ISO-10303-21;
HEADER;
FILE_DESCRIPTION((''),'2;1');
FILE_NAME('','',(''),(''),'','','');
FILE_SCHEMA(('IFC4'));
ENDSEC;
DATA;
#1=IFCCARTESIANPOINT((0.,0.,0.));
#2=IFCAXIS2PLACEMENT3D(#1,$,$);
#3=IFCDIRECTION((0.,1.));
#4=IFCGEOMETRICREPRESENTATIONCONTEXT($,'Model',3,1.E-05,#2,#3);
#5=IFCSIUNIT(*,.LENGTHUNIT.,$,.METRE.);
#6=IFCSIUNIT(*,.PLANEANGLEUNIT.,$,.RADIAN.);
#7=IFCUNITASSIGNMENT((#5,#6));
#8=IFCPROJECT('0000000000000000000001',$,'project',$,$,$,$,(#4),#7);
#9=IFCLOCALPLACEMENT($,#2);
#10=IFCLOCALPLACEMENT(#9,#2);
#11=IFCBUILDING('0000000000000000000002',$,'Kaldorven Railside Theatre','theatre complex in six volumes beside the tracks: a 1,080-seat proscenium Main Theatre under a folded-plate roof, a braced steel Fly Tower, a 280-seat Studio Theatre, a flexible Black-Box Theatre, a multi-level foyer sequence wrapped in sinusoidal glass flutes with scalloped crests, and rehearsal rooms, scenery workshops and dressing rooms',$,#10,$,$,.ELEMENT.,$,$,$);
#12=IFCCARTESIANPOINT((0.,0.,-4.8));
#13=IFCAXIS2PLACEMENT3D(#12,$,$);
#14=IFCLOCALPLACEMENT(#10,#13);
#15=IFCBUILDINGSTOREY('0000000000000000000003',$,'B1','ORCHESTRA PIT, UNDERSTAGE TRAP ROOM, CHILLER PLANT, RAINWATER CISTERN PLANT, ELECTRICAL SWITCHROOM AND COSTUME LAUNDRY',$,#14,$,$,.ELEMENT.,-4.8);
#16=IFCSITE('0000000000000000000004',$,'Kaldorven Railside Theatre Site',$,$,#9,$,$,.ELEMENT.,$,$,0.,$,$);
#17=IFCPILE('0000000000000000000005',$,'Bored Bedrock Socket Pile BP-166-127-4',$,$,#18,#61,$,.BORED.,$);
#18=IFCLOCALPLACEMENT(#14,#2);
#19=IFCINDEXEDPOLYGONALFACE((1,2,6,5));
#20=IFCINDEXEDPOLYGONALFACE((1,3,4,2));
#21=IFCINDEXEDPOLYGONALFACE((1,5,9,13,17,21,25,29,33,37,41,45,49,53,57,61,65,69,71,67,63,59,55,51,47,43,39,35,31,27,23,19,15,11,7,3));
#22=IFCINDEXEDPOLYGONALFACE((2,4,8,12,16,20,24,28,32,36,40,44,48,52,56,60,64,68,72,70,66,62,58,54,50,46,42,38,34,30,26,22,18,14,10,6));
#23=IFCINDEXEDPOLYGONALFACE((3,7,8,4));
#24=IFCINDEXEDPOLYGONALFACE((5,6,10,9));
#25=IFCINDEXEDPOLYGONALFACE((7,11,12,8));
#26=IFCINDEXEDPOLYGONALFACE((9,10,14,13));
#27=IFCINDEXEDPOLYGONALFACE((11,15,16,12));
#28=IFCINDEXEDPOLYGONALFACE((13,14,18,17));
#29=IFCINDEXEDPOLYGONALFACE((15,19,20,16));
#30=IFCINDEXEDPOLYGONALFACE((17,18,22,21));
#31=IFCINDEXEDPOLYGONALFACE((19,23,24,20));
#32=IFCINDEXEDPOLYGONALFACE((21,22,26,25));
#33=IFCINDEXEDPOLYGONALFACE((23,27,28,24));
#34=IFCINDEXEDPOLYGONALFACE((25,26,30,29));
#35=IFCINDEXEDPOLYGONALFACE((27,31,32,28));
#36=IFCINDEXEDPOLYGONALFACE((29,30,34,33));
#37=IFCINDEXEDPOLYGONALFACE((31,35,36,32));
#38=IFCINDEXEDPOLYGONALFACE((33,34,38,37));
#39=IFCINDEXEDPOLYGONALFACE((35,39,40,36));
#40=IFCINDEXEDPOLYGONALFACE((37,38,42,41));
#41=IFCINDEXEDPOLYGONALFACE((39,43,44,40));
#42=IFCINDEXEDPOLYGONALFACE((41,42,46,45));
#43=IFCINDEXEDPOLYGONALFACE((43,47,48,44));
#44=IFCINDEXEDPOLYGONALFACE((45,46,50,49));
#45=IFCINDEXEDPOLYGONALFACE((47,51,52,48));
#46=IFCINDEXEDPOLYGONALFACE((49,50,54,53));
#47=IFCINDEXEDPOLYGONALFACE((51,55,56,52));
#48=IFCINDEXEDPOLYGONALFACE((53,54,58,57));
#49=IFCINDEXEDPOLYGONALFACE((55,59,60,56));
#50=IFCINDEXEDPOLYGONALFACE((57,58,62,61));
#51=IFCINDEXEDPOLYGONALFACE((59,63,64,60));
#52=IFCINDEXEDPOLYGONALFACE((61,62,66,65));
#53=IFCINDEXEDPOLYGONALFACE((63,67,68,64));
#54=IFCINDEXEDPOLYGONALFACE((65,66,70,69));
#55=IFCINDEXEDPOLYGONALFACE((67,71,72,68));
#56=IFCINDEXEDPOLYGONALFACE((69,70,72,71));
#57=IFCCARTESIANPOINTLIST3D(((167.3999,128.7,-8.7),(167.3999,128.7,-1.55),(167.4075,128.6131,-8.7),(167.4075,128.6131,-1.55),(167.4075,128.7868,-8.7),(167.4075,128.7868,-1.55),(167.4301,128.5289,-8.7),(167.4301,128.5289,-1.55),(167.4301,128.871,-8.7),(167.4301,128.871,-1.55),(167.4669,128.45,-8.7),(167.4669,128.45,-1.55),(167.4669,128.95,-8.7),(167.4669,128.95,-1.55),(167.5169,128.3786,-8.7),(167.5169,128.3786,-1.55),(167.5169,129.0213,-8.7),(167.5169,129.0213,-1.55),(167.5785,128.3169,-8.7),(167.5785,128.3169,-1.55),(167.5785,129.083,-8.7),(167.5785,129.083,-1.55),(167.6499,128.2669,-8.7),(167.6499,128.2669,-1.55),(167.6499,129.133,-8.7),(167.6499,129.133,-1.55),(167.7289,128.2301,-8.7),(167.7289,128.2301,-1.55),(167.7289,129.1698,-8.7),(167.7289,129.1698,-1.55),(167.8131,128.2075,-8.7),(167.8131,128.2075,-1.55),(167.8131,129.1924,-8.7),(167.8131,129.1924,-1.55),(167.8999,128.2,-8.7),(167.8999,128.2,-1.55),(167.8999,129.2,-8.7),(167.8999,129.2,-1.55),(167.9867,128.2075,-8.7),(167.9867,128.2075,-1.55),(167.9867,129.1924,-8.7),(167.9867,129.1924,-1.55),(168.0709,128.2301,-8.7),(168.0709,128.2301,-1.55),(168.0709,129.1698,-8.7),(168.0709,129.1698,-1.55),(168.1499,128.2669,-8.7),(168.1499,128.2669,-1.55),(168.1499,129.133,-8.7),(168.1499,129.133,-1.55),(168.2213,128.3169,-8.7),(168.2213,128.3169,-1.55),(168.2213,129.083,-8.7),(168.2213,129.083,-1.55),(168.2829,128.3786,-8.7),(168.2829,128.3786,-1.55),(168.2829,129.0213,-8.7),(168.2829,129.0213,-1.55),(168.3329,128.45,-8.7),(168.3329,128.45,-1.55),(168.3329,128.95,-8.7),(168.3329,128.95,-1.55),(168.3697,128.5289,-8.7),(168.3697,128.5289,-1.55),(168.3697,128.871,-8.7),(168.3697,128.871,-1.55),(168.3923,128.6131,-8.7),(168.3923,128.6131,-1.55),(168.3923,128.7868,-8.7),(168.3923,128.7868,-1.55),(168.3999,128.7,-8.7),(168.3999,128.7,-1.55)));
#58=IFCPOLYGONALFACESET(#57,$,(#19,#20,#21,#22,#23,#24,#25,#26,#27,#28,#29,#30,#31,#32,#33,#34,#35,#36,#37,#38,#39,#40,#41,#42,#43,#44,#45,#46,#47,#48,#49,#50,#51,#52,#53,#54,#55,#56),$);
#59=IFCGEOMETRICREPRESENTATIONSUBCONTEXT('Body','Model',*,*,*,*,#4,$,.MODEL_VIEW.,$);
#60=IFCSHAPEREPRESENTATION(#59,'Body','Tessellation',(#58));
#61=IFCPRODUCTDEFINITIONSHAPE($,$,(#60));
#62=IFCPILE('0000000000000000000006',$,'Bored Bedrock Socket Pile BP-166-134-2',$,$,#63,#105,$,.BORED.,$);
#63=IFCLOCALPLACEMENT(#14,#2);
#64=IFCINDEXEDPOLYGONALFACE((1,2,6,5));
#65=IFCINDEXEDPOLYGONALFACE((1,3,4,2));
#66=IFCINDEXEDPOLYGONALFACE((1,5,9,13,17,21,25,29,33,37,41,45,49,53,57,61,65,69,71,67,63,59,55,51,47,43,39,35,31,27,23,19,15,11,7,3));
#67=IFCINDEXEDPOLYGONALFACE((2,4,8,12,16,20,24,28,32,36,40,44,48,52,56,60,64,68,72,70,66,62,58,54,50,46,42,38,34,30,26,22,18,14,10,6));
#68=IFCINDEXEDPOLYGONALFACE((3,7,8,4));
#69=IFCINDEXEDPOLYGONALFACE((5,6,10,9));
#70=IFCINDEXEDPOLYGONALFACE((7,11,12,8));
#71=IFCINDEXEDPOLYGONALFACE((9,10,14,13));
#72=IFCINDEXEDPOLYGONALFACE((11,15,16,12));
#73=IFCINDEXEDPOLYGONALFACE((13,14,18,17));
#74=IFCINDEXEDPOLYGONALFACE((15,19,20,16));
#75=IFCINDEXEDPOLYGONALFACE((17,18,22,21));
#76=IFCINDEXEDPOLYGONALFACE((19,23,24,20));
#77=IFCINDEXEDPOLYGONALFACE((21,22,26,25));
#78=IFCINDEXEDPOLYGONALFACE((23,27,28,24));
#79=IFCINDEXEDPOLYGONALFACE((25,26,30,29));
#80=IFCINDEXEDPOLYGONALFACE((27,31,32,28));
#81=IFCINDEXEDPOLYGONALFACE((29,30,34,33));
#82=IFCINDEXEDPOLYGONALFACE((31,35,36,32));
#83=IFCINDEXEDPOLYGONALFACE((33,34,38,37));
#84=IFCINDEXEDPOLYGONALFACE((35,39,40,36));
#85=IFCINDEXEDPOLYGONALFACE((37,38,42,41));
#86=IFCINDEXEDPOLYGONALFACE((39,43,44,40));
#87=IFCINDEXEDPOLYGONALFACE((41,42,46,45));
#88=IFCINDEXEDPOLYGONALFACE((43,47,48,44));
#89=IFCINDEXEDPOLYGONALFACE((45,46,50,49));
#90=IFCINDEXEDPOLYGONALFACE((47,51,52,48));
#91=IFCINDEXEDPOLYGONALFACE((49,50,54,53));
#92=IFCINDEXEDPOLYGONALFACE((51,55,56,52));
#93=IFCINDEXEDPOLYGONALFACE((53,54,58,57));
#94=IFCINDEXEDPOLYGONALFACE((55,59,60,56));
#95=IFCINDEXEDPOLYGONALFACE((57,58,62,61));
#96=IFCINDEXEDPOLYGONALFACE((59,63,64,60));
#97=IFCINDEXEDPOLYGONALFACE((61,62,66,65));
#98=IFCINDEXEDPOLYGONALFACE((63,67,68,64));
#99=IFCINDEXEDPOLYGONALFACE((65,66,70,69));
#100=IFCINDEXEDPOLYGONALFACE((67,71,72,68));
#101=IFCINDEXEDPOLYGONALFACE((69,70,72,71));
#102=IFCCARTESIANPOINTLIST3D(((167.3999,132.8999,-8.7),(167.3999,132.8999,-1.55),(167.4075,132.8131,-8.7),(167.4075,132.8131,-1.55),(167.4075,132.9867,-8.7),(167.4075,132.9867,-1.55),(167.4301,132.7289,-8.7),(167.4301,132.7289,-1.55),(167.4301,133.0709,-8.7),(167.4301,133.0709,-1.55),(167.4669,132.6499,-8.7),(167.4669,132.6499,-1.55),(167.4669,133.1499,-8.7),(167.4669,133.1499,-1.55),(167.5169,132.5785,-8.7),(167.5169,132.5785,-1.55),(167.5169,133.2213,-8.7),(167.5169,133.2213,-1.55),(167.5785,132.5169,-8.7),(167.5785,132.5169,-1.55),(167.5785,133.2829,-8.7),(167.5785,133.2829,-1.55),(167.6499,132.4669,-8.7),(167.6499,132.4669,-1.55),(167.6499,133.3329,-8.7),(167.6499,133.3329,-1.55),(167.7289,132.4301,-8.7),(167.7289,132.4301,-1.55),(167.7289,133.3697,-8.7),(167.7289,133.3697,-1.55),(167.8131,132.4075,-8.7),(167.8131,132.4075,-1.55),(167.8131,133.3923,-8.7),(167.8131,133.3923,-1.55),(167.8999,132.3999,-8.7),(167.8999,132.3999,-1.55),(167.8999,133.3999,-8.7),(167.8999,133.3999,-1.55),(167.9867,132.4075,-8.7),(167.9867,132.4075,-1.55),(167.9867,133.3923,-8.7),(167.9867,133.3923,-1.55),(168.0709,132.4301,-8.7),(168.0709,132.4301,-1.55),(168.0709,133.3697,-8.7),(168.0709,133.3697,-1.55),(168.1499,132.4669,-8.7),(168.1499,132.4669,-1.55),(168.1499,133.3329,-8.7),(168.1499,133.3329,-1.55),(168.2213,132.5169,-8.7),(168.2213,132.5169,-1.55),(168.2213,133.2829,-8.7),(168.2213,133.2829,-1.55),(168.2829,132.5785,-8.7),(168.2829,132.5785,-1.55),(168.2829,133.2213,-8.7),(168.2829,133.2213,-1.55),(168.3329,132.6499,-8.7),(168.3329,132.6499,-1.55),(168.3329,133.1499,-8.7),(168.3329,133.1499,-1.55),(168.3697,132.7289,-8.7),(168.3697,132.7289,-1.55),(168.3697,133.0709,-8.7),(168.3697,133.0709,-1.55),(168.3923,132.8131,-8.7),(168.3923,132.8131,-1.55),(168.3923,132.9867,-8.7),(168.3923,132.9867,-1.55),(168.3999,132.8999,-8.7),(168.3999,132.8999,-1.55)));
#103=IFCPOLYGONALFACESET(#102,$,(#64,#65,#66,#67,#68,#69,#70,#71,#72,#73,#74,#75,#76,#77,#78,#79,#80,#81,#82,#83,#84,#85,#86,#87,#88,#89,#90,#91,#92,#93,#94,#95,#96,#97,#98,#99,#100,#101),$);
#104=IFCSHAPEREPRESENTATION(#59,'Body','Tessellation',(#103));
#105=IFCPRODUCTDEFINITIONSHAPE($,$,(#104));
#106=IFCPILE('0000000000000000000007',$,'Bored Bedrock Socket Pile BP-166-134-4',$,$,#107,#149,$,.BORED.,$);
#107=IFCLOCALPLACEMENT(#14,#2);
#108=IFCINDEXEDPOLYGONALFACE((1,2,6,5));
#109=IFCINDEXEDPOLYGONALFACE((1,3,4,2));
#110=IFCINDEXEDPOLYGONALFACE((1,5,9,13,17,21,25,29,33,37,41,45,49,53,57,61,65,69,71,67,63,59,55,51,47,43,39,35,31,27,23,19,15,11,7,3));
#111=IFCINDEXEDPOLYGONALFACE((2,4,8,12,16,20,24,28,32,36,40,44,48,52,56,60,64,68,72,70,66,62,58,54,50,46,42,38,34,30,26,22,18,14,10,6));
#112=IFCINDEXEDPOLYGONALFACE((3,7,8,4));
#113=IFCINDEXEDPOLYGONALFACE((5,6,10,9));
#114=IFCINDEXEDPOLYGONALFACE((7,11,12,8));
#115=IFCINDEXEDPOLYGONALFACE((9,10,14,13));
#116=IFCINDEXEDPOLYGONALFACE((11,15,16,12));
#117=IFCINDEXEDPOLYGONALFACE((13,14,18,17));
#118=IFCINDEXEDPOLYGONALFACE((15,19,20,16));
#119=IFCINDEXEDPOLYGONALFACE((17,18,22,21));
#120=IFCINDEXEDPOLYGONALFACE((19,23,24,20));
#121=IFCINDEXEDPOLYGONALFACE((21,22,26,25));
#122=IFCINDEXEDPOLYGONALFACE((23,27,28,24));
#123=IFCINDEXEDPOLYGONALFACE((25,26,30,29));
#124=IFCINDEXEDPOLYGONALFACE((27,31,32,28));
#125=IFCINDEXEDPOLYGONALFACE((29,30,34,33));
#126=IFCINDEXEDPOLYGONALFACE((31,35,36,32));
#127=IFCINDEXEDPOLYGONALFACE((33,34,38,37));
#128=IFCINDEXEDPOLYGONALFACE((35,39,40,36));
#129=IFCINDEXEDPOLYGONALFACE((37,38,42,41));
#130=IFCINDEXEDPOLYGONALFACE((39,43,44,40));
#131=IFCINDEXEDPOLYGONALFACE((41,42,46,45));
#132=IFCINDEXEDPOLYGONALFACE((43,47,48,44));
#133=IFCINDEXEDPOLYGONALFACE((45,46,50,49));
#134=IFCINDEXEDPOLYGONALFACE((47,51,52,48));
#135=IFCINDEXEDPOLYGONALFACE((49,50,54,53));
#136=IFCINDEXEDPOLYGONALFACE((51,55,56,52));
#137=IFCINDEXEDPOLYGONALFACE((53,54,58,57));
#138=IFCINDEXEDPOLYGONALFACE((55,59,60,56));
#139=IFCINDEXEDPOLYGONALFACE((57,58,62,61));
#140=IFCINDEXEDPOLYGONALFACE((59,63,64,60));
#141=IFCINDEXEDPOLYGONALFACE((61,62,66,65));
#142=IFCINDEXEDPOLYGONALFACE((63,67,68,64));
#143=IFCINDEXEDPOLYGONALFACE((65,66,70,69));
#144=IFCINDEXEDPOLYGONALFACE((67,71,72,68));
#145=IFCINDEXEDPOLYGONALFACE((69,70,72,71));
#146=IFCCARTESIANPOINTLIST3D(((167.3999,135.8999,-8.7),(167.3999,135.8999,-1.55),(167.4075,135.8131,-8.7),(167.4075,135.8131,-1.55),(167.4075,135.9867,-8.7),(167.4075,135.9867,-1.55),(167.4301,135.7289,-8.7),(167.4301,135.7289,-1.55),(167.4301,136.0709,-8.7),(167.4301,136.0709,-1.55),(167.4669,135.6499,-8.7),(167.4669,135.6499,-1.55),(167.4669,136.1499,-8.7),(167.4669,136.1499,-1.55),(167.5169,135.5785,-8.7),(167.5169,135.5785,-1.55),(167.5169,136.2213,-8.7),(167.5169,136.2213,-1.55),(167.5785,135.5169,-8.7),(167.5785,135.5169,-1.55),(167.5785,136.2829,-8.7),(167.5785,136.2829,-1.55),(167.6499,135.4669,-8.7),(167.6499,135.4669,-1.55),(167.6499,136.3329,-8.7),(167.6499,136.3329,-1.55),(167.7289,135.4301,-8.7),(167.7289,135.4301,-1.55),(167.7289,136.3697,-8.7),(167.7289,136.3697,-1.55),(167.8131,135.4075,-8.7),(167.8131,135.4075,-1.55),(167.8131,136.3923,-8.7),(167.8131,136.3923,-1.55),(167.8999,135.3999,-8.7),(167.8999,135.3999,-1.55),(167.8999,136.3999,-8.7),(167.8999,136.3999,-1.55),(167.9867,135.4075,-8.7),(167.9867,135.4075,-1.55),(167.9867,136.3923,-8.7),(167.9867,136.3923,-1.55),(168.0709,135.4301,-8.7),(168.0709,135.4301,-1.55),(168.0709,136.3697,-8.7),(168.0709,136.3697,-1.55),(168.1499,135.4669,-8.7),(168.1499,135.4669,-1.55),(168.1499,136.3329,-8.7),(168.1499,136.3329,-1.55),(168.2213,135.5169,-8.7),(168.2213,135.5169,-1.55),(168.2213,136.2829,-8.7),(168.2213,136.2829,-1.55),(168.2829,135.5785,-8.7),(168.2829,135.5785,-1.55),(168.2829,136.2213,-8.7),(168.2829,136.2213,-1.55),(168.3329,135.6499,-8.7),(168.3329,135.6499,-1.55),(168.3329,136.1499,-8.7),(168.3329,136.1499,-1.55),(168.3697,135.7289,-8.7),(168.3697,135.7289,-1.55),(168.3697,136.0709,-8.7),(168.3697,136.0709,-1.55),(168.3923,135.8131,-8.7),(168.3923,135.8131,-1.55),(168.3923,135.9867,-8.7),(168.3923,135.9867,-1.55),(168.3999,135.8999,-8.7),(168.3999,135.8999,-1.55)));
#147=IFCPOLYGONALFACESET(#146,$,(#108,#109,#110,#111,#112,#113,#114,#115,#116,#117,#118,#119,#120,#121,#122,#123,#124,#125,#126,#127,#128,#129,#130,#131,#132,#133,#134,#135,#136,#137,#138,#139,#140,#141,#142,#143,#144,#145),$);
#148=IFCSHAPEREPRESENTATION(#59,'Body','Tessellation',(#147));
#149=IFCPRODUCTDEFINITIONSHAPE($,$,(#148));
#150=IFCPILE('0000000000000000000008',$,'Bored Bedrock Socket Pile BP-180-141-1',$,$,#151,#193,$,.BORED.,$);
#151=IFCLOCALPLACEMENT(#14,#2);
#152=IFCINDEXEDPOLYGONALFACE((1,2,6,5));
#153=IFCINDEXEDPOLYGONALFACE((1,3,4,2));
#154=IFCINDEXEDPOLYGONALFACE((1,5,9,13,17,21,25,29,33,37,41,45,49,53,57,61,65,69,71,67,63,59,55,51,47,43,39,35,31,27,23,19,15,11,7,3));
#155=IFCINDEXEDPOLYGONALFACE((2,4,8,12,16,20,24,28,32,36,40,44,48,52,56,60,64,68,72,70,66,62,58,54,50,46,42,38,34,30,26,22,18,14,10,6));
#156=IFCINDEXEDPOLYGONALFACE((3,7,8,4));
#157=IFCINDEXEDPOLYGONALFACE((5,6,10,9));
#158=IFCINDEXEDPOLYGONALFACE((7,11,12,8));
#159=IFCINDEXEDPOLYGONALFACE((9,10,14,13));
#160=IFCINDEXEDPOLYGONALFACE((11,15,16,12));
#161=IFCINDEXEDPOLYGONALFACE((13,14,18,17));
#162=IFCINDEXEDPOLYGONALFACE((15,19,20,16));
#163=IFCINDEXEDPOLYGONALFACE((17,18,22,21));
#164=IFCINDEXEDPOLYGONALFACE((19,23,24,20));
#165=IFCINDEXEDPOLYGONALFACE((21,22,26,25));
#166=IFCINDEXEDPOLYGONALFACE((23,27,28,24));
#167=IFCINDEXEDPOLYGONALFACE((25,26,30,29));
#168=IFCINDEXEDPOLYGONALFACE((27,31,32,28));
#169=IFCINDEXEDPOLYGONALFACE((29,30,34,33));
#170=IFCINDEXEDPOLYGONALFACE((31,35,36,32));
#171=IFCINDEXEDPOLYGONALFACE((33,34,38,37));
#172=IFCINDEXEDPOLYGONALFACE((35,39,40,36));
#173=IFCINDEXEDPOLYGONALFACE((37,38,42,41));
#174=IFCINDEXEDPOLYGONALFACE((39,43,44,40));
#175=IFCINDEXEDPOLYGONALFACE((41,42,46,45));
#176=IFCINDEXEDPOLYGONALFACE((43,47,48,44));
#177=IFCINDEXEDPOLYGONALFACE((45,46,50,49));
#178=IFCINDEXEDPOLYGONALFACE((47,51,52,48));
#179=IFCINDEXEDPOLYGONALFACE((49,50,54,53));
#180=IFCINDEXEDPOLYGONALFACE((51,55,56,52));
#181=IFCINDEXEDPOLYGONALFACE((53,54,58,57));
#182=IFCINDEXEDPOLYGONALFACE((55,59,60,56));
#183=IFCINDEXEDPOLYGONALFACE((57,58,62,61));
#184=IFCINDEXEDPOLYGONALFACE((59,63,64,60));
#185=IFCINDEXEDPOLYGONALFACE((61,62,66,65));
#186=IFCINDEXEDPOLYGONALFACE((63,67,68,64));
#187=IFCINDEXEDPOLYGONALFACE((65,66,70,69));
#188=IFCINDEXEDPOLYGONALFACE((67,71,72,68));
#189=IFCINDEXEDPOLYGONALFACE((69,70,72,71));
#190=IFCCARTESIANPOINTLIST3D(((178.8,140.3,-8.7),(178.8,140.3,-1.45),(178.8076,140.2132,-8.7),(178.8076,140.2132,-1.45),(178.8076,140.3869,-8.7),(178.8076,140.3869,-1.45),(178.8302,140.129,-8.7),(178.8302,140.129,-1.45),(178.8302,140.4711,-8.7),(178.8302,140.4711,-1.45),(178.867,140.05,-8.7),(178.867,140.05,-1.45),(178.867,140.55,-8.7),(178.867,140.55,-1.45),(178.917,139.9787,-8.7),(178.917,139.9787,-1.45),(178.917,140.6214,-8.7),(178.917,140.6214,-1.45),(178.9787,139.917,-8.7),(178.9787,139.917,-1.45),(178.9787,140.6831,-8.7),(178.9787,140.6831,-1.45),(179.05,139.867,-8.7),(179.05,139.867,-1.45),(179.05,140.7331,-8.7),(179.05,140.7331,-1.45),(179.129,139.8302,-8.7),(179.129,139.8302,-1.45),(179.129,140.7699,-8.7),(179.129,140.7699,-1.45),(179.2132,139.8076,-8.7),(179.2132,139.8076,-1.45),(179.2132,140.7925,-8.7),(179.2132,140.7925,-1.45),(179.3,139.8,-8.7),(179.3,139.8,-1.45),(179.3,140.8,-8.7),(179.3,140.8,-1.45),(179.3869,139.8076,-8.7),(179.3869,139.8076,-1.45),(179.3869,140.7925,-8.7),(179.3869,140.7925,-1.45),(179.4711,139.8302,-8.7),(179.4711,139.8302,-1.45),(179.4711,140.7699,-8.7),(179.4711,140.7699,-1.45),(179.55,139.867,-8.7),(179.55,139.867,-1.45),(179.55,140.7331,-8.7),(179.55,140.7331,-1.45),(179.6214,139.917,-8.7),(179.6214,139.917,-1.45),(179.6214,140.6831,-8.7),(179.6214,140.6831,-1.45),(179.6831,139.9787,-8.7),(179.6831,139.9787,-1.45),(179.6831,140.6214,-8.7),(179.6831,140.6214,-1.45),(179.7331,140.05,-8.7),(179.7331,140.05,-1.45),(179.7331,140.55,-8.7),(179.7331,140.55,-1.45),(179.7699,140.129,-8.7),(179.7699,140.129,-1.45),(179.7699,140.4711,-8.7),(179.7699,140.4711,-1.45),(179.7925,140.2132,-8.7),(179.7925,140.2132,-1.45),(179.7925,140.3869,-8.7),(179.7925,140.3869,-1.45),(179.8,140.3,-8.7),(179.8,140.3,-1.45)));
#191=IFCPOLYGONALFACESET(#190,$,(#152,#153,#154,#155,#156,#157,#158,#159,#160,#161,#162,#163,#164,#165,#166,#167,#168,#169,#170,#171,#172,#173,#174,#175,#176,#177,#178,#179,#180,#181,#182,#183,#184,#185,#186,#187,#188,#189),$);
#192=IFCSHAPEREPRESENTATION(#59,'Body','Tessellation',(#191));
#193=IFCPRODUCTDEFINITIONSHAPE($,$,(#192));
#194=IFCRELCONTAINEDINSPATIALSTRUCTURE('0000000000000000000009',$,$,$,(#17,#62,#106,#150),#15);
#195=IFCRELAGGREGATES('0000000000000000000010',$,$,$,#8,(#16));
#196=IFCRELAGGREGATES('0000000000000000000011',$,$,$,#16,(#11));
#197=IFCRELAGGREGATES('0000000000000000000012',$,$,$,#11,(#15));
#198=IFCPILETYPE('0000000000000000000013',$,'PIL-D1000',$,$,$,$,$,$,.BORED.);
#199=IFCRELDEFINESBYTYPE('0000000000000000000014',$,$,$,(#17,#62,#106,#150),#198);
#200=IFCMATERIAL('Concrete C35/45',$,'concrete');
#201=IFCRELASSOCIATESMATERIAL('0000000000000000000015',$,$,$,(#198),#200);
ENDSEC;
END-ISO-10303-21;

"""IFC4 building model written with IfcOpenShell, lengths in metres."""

from ifc_helpers import new_model, si_unit, direction, frame, origin, origin_2d, place, context, subcontext, project, spatial, circle, extrude, material, material_profile, profile_set, type_object, element, save


model = new_model("IFC4")

# Units and contexts
model_context = context("Model", 3, precision=1e-05, world=origin(), true_north=direction((0.0, 1.0)))
body_context = subcontext(model_context, "Body", "Model", "MODEL_VIEW")
ifc_project = project(units=[si_unit("LENGTHUNIT", "METRE"), si_unit("PLANEANGLEUNIT", "RADIAN")], contexts=[model_context])

# Site, building, storey
site_placement = place(None, origin())
site = spatial("IfcSite", under=ifc_project, at=site_placement, Name="Kaldorven Railside Theatre Site", CompositionType="ELEMENT", RefElevation=0.0)
building_placement = place(site_placement, origin())
building = spatial("IfcBuilding", under=site, at=building_placement, Name="Kaldorven Railside Theatre", Description="theatre complex in six volumes beside the tracks: a 1,080-seat proscenium Main Theatre under a folded-plate roof, a braced steel Fly Tower, a 280-seat Studio Theatre, a flexible Black-Box Theatre, a multi-level foyer sequence wrapped in sinusoidal glass flutes with scalloped crests, and rehearsal rooms, scenery workshops and dressing rooms", CompositionType="ELEMENT")
storey_placement = place(building_placement, frame((0.0, 0.0, -4.8)))
storey = spatial("IfcBuildingStorey", under=building, at=storey_placement, Name="B1", Description="ORCHESTRA PIT, UNDERSTAGE TRAP ROOM, CHILLER PLANT, RAINWATER CISTERN PLANT, ELECTRICAL SWITCHROOM AND COSTUME LAUNDRY", CompositionType="ELEMENT", Elevation=-4.8)

# Piles
ifc_material_1 = material(Name="Concrete C35/45", Category="concrete")
ifc_material_profile_1 = material_profile(ifc_material_1, circle(Radius=0.5, at=origin_2d()), Name="BP D1000")
ifc_profile_set_1 = profile_set([ifc_material_profile_1], Name="Concrete C35/45")
pile_type_1 = type_object("IfcPileType", Name="PIL-D1000", PredefinedType="BORED", material=ifc_profile_set_1)
for number, where, z_axis, x_axis, name in (
    (1, (167.8999, 128.7, -1.55), (0.0, 0.0, -1.0), (1.0, 0.0, 0.0), "Bored Bedrock Socket Pile BP-166-127-4"),
    (2, (167.8999, 132.8999, -1.55), (0.0, 0.0, -1.0), (1.0, 0.0, 0.0), "Bored Bedrock Socket Pile BP-166-134-2"),
    (3, (167.8999, 135.8999, -1.55), (0.0, 0.0, -1.0), (1.0, 0.0, 0.0), "Bored Bedrock Socket Pile BP-166-134-4"),
):
    element("IfcPile", number, at=place(storey_placement, frame(where, z_axis=z_axis, x_axis=x_axis)), inside=storey, type_object=pile_type_1, Name=name, PredefinedType="BORED", context=body_context, shape_type="SweptSolid", body=[
        extrude(circle(Radius=0.5, at=origin_2d()), origin(), (0.0, 0.0, 1.0), 7.1499),
    ])
pile_placement = place(storey_placement, frame((179.3, 140.3, -1.45), z_axis=(0.0, 0.0, -1.0), x_axis=(1.0, 0.0, 0.0)))
element("IfcPile", 4, at=pile_placement, inside=storey, type_object=pile_type_1, Name="Bored Bedrock Socket Pile BP-180-141-1", PredefinedType="BORED", context=body_context, shape_type="SweptSolid", body=[
    extrude(circle(Radius=0.5, at=origin_2d()), origin(), (0.0, 0.0, 1.0), 7.25),
])

save(model, "model.ifc")
